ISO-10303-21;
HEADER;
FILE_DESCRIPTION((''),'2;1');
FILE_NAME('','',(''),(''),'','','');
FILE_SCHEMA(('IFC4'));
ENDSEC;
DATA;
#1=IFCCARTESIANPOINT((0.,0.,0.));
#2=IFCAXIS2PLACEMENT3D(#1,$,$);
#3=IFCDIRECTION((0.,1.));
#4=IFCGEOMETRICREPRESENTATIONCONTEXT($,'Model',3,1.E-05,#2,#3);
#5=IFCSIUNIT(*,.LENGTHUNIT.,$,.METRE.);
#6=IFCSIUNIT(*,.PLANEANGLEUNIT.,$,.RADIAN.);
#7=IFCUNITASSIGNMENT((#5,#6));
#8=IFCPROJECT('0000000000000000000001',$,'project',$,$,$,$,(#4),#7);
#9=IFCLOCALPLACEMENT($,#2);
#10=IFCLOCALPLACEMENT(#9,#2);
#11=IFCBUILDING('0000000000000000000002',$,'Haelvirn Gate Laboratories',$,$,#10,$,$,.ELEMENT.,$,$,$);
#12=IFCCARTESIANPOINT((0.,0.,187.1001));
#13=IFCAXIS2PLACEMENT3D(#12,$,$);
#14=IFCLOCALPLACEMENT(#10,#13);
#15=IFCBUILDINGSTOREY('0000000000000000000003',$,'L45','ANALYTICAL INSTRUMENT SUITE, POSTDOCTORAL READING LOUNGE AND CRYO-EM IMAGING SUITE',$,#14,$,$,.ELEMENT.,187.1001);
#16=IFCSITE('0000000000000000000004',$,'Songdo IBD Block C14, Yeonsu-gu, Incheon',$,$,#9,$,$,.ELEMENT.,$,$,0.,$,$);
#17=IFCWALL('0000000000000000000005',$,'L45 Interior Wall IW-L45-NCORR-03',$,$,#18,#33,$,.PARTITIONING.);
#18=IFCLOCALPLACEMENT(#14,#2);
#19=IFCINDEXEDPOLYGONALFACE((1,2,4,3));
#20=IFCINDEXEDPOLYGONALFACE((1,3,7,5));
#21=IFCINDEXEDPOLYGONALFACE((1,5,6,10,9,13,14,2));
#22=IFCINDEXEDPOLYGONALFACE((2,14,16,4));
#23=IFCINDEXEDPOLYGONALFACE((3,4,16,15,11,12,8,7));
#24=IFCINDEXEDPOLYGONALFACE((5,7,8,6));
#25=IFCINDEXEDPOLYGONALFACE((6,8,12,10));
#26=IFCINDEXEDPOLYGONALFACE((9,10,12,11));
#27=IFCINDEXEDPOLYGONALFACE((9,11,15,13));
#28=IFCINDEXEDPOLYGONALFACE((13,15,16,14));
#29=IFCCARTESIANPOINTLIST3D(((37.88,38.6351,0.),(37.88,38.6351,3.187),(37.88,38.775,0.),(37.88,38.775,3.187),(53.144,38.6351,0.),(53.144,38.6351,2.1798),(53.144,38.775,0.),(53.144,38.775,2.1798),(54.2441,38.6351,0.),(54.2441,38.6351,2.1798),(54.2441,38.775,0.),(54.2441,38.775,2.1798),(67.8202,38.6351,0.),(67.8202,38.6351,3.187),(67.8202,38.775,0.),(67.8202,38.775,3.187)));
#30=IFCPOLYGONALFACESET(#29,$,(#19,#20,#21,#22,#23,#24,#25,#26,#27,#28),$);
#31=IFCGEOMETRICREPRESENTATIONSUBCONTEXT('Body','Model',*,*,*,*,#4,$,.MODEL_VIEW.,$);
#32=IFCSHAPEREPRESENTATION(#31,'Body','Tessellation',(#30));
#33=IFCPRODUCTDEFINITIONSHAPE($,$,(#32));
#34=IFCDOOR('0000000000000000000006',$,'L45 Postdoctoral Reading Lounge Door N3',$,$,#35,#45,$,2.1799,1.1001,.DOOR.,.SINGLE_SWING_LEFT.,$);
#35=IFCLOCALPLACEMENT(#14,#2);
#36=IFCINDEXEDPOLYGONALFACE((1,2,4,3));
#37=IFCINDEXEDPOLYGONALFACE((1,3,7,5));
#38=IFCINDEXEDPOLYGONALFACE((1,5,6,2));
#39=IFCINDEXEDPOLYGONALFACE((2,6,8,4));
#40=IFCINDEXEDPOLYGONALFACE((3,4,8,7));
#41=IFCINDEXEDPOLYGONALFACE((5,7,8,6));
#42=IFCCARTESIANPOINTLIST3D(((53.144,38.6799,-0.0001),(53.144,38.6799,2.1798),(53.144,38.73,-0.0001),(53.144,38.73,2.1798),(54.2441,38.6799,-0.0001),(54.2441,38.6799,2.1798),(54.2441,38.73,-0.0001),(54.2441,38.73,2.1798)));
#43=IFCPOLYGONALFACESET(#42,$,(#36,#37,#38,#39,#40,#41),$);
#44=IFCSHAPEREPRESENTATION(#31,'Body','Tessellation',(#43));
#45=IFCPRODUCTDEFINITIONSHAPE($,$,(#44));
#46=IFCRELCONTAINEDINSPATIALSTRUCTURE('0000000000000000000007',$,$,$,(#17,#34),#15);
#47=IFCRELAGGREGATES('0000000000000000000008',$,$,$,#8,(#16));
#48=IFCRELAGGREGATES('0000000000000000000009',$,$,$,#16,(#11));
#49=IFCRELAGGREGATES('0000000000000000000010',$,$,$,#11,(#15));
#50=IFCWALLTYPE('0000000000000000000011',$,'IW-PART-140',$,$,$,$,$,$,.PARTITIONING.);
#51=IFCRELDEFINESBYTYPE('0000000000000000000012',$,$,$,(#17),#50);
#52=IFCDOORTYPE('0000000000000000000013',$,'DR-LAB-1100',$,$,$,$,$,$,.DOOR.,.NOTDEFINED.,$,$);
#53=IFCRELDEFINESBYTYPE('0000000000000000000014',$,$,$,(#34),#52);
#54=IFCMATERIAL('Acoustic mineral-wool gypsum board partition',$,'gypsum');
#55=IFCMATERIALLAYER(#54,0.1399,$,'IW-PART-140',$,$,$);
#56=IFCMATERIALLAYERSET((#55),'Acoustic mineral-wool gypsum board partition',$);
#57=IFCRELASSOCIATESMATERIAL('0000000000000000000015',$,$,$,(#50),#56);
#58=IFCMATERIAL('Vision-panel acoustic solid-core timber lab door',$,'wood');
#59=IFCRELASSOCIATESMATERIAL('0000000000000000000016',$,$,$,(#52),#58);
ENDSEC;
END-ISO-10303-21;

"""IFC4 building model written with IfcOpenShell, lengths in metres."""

from ifc_helpers import new_model, si_unit, direction, frame, frame_2d, origin, place, context, subcontext, project, spatial, rectangle, extrude, source, transform, mapped, material, layer, layer_set, type_object, type_shapes, element, fill, save


model = new_model("IFC4")

# Units and contexts
model_context = context("Model", 3, precision=1e-05, world=origin(), true_north=direction((0.0, 1.0)))
body_context = subcontext(model_context, "Body", "Model", "MODEL_VIEW")
ifc_project = project(units=[si_unit("LENGTHUNIT", "METRE"), si_unit("PLANEANGLEUNIT", "RADIAN")], contexts=[model_context])

# Site, building, storey
site_placement = place(None, origin())
site = spatial("IfcSite", under=ifc_project, at=site_placement, Name="Songdo IBD Block C14, Yeonsu-gu, Incheon", CompositionType="ELEMENT", RefElevation=0.0)
building_placement = place(site_placement, origin())
building = spatial("IfcBuilding", under=site, at=building_placement, Name="Haelvirn Gate Laboratories", CompositionType="ELEMENT")
storey_placement = place(building_placement, frame((0.0, 0.0, 187.1001)))
storey = spatial("IfcBuildingStorey", under=building, at=storey_placement, Name="L45", Description="ANALYTICAL INSTRUMENT SUITE, POSTDOCTORAL READING LOUNGE AND CRYO-EM IMAGING SUITE", CompositionType="ELEMENT", Elevation=187.1001)

# Wall, opening, door
ifc_material_1 = material(Name="Acoustic mineral-wool gypsum board partition", Category="gypsum")
ifc_layer_1 = layer(ifc_material_1, 0.1399, Name="IW-PART-140")
ifc_layer_set_1 = layer_set([ifc_layer_1], Name="Acoustic mineral-wool gypsum board partition")
wall_type_1 = type_object("IfcWallType", Name="IW-PART-140", PredefinedType="PARTITIONING", material=ifc_layer_set_1)
wall_1_placement = place(storey_placement, frame((37.8799, 38.7051, 0.0), z_axis=(0.0, 0.0, 1.0), x_axis=(1.0, 0.0, 0.0)))
wall_1 = element("IfcWall", 1, at=wall_1_placement, inside=storey, type_object=wall_type_1, Name="L45 Interior Wall IW-L45-NCORR-03", PredefinedType="PARTITIONING", context=body_context, shape_type="SweptSolid", body=[
    extrude(rectangle(XDim=29.9402, YDim=0.1399, at=frame_2d((14.9702, 0.0))), origin(), (0.0, 0.0, 1.0), 3.187),
])
opening_placement = place(wall_1_placement, frame((15.2642, 0.0, 0.0)))
opening = element("IfcOpeningElement", 2, at=opening_placement, cuts=wall_1, PredefinedType="OPENING", context=body_context, shape_type="SweptSolid", body=[
    extrude(rectangle(XDim=1.1001, YDim=2.1799, at=frame_2d((0.55, 1.0898))), frame((0.0, 0.0801, 0.0), z_axis=(0.0, -1.0, 0.0), x_axis=(1.0, 0.0, 0.0)), (0.0, 0.0, 1.0), 0.1599),
])
ifc_material_2 = material(Name="Vision-panel acoustic solid-core timber lab door", Category="wood")
door_type = type_object("IfcDoorType", Name="DR-LAB-1100", OperationType="NOTDEFINED", PredefinedType="DOOR", material=ifc_material_2)
shared_shape_1 = source(origin(), body_context, "Body", "SweptSolid", [
    extrude(rectangle(XDim=1.1001, YDim=2.1799, at=frame_2d((0.55, 1.0898))), frame((0.0, 0.0249, 0.0), z_axis=(0.0, -1.0, 0.0), x_axis=(1.0, 0.0, 0.0)), (0.0, 0.0, 1.0), 0.05),
])
type_shapes(door_type, [shared_shape_1])
door_placement = place(opening_placement, origin())
door = element("IfcDoor", 3, at=door_placement, inside=storey, type_object=door_type, Name="L45 Postdoctoral Reading Lounge Door N3", OperationType="SINGLE_SWING_LEFT", OverallHeight=2.1799, OverallWidth=1.1001, PredefinedType="DOOR", context=body_context, shape_type="MappedRepresentation", body=[
    mapped(shared_shape_1, transform((0.0, 0.0, 0.0), scale=1.0)),
])
fill(opening, door)

save(model, "model.ifc")
